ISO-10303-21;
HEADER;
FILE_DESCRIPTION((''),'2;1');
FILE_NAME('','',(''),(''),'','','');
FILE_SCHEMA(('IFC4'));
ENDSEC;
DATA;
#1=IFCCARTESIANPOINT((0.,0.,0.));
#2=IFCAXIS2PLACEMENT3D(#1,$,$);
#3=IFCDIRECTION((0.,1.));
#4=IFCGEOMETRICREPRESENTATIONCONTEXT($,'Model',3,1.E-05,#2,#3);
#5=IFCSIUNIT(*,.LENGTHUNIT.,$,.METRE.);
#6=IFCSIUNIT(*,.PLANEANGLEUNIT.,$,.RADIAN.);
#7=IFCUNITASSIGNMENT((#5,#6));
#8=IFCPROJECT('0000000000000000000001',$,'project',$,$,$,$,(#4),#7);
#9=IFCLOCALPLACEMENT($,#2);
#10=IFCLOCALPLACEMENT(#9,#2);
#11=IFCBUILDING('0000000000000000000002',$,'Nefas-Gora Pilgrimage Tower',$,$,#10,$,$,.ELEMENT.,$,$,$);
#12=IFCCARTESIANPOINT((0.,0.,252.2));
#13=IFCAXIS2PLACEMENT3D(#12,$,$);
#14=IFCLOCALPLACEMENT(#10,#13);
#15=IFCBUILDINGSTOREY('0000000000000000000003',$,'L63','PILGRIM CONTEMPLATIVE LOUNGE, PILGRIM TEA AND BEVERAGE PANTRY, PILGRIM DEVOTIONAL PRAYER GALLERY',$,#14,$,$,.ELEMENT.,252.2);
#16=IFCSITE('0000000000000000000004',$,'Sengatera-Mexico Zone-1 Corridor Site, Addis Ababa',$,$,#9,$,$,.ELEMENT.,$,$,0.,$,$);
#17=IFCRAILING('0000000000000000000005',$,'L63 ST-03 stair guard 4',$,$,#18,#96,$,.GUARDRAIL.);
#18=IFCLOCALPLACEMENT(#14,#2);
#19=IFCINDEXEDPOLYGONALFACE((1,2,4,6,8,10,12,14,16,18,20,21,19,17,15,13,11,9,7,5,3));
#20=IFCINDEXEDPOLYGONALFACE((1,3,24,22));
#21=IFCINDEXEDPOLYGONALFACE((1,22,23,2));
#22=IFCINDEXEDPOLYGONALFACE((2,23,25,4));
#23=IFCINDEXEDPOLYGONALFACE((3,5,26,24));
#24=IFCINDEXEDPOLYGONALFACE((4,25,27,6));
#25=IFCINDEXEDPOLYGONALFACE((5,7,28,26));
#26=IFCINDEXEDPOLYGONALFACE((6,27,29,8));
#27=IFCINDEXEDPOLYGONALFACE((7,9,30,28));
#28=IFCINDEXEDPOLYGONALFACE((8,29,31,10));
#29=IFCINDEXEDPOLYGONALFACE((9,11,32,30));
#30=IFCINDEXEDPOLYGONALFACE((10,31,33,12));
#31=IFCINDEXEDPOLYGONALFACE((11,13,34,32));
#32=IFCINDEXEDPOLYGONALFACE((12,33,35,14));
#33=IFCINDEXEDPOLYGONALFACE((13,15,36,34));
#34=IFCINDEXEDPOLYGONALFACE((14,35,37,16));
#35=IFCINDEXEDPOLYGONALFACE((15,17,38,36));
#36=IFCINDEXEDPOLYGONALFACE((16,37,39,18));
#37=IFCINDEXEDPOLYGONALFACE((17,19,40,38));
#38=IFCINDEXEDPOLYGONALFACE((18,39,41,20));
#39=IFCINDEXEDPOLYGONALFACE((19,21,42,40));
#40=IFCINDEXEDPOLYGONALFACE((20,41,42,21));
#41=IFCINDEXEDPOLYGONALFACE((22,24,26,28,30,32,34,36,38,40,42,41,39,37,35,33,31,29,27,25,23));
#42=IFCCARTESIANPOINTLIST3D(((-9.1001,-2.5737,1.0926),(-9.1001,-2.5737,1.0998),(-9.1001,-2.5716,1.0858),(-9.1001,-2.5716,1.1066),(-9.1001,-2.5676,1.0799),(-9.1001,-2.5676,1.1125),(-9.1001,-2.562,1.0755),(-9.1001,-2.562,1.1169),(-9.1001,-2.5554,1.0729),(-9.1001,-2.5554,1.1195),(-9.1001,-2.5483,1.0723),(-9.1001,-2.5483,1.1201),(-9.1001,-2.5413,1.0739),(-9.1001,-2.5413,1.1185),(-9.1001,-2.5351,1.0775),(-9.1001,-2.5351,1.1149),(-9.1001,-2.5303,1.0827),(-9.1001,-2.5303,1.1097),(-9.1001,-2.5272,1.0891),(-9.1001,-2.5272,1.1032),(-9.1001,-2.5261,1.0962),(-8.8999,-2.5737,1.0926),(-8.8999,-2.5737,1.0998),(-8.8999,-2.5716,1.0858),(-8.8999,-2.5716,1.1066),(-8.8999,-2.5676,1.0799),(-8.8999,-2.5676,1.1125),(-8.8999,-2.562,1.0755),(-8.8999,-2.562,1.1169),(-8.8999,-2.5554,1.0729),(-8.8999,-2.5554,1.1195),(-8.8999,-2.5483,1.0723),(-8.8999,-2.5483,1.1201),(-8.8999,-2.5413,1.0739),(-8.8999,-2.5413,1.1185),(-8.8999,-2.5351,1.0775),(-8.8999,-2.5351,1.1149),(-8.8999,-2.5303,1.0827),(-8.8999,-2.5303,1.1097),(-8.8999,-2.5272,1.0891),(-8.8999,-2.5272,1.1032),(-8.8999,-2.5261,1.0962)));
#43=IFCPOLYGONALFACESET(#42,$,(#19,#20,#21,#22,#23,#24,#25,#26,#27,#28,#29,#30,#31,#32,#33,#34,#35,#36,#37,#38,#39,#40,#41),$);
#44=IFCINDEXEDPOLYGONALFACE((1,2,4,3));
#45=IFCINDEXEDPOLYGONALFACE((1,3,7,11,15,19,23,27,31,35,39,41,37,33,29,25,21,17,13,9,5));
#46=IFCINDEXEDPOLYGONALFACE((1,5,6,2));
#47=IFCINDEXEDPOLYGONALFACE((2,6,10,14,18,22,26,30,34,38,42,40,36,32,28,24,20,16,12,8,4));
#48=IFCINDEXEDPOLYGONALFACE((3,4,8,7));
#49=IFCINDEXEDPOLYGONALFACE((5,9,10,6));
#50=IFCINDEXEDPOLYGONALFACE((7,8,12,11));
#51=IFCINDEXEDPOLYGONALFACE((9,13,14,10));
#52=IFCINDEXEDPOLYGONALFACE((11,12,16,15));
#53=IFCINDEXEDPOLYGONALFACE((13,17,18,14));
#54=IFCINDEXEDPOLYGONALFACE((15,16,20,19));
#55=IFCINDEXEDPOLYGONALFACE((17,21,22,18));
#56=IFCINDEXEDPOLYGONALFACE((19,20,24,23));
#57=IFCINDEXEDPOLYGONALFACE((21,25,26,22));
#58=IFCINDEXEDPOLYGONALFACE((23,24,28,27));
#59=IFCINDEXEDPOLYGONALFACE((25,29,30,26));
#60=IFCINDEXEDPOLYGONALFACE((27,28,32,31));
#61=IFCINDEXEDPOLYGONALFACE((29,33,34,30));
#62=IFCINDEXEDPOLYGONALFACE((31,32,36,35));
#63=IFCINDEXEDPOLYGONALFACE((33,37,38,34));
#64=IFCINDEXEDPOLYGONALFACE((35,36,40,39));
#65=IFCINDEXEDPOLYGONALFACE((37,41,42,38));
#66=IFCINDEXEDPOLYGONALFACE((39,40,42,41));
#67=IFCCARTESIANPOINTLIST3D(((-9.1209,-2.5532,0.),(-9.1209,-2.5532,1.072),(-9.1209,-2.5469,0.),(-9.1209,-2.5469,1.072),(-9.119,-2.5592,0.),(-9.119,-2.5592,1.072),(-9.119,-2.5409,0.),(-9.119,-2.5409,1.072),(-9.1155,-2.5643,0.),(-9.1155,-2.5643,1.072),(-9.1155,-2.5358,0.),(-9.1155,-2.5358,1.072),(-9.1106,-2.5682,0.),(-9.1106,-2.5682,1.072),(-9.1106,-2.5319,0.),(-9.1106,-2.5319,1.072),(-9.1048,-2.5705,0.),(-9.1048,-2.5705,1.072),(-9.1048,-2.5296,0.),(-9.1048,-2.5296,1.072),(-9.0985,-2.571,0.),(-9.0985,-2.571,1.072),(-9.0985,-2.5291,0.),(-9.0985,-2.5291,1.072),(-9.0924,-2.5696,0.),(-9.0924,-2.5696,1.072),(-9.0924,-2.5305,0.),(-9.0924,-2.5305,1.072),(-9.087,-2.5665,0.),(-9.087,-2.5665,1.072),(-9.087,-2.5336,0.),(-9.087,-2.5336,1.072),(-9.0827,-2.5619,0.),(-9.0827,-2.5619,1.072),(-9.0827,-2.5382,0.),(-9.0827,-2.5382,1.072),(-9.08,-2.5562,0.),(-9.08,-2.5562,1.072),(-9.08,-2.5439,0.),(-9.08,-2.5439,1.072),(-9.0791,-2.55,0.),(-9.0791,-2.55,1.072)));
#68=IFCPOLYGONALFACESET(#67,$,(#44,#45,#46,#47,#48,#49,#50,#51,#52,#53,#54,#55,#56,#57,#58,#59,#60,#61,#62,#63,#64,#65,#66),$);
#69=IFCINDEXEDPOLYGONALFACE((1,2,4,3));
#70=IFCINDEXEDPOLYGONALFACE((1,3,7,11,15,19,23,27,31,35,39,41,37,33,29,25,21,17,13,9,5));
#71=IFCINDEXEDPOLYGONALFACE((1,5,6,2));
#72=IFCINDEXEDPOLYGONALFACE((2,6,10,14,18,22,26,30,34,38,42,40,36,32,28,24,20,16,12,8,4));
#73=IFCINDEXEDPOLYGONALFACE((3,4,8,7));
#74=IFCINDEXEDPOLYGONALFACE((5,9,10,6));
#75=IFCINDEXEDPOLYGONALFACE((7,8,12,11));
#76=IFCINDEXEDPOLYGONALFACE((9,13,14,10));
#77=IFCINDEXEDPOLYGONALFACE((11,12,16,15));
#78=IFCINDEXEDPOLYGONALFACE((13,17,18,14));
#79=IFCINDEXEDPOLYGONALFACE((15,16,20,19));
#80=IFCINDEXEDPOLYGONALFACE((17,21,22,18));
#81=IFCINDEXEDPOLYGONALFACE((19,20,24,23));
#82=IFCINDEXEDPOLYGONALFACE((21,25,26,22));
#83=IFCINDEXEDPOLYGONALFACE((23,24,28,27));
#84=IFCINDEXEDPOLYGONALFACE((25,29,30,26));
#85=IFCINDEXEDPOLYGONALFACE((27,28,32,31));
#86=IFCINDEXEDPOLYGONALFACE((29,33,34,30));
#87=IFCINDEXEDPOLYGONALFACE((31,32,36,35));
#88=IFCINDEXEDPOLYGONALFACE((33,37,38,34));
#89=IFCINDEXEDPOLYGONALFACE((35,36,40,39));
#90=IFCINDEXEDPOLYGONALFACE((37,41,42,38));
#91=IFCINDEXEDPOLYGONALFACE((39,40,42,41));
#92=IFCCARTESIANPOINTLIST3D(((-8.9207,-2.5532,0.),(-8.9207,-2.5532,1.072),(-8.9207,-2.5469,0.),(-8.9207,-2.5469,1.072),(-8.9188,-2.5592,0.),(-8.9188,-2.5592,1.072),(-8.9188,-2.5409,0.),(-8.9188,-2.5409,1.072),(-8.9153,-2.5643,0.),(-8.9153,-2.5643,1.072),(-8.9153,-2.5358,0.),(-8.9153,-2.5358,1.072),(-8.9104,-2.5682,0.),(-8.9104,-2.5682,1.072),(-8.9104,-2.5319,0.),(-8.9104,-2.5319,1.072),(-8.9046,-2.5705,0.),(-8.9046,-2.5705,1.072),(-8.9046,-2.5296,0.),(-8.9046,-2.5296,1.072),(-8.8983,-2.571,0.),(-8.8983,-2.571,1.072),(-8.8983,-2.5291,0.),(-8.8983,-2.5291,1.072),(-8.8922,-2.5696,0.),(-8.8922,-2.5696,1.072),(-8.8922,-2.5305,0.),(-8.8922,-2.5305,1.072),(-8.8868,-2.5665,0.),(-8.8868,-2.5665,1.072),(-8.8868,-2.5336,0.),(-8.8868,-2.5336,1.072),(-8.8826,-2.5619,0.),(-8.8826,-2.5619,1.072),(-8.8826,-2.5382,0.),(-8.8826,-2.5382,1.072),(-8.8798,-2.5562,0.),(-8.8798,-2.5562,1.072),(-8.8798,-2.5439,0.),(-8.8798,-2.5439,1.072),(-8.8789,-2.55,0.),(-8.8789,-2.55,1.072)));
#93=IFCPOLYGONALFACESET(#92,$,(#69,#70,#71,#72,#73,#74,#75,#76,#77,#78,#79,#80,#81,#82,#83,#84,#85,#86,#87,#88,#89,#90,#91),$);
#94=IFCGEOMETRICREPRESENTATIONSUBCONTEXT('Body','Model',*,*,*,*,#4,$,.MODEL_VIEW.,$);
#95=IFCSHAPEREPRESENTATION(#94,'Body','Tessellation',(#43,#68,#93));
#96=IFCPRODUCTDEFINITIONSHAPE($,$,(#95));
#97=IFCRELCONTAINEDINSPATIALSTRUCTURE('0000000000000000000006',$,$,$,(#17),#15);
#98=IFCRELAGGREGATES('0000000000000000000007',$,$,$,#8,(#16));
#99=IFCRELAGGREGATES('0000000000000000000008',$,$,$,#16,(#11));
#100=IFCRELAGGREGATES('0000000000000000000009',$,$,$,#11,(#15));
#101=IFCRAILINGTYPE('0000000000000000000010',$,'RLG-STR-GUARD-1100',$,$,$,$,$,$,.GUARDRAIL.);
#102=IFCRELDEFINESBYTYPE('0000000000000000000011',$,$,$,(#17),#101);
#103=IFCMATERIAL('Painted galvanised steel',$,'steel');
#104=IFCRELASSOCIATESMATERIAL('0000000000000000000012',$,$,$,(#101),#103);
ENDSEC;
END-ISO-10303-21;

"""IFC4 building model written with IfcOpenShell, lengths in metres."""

from ifc_helpers import new_model, si_unit, direction, frame, origin, origin_2d, place, context, subcontext, project, spatial, circle, extrude, material, type_object, element, save


model = new_model("IFC4")

# Units and contexts
model_context = context("Model", 3, precision=1e-05, world=origin(), true_north=direction((0.0, 1.0)))
body_context = subcontext(model_context, "Body", "Model", "MODEL_VIEW")
ifc_project = project(units=[si_unit("LENGTHUNIT", "METRE"), si_unit("PLANEANGLEUNIT", "RADIAN")], contexts=[model_context])

# Site, building, storey
site_placement = place(None, origin())
site = spatial("IfcSite", under=ifc_project, at=site_placement, Name="Sengatera-Mexico Zone-1 Corridor Site, Addis Ababa", CompositionType="ELEMENT", RefElevation=0.0)
building_placement = place(site_placement, origin())
building = spatial("IfcBuilding", under=site, at=building_placement, Name="Nefas-Gora Pilgrimage Tower", CompositionType="ELEMENT")
storey_placement = place(building_placement, frame((0.0, 0.0, 252.2)))
storey = spatial("IfcBuildingStorey", under=building, at=storey_placement, Name="L63", Description="PILGRIM CONTEMPLATIVE LOUNGE, PILGRIM TEA AND BEVERAGE PANTRY, PILGRIM DEVOTIONAL PRAYER GALLERY", CompositionType="ELEMENT", Elevation=252.2)

# Railing
ifc_material_1 = material(Name="Painted galvanised steel", Category="steel")
railing_type_1 = type_object("IfcRailingType", Name="RLG-STR-GUARD-1100", PredefinedType="GUARDRAIL", material=ifc_material_1)
railing_1_placement = place(storey_placement, frame((-9.1001, -2.55, 0.0)))
element("IfcRailing", 1, at=railing_1_placement, inside=storey, type_object=railing_type_1, Name="L63 ST-03 stair guard 4", PredefinedType="GUARDRAIL", context=body_context, shape_type="SweptSolid", body=[
    extrude(circle(Radius=0.0239, at=origin_2d()), frame((0.0, 0.0, 1.0962), z_axis=(1.0, 0.0, 0.0), x_axis=(0.0, 1.0, 0.0)), (0.0, 0.0, 1.0), 0.2002),
    extrude(circle(Radius=0.021, at=origin_2d()), origin(), (0.0, 0.0, 1.0), 1.072),
    extrude(circle(Radius=0.021, at=origin_2d()), frame((0.2002, 0.0, 0.0)), (0.0, 0.0, 1.0), 1.072),
])

save(model, "model.ifc")
